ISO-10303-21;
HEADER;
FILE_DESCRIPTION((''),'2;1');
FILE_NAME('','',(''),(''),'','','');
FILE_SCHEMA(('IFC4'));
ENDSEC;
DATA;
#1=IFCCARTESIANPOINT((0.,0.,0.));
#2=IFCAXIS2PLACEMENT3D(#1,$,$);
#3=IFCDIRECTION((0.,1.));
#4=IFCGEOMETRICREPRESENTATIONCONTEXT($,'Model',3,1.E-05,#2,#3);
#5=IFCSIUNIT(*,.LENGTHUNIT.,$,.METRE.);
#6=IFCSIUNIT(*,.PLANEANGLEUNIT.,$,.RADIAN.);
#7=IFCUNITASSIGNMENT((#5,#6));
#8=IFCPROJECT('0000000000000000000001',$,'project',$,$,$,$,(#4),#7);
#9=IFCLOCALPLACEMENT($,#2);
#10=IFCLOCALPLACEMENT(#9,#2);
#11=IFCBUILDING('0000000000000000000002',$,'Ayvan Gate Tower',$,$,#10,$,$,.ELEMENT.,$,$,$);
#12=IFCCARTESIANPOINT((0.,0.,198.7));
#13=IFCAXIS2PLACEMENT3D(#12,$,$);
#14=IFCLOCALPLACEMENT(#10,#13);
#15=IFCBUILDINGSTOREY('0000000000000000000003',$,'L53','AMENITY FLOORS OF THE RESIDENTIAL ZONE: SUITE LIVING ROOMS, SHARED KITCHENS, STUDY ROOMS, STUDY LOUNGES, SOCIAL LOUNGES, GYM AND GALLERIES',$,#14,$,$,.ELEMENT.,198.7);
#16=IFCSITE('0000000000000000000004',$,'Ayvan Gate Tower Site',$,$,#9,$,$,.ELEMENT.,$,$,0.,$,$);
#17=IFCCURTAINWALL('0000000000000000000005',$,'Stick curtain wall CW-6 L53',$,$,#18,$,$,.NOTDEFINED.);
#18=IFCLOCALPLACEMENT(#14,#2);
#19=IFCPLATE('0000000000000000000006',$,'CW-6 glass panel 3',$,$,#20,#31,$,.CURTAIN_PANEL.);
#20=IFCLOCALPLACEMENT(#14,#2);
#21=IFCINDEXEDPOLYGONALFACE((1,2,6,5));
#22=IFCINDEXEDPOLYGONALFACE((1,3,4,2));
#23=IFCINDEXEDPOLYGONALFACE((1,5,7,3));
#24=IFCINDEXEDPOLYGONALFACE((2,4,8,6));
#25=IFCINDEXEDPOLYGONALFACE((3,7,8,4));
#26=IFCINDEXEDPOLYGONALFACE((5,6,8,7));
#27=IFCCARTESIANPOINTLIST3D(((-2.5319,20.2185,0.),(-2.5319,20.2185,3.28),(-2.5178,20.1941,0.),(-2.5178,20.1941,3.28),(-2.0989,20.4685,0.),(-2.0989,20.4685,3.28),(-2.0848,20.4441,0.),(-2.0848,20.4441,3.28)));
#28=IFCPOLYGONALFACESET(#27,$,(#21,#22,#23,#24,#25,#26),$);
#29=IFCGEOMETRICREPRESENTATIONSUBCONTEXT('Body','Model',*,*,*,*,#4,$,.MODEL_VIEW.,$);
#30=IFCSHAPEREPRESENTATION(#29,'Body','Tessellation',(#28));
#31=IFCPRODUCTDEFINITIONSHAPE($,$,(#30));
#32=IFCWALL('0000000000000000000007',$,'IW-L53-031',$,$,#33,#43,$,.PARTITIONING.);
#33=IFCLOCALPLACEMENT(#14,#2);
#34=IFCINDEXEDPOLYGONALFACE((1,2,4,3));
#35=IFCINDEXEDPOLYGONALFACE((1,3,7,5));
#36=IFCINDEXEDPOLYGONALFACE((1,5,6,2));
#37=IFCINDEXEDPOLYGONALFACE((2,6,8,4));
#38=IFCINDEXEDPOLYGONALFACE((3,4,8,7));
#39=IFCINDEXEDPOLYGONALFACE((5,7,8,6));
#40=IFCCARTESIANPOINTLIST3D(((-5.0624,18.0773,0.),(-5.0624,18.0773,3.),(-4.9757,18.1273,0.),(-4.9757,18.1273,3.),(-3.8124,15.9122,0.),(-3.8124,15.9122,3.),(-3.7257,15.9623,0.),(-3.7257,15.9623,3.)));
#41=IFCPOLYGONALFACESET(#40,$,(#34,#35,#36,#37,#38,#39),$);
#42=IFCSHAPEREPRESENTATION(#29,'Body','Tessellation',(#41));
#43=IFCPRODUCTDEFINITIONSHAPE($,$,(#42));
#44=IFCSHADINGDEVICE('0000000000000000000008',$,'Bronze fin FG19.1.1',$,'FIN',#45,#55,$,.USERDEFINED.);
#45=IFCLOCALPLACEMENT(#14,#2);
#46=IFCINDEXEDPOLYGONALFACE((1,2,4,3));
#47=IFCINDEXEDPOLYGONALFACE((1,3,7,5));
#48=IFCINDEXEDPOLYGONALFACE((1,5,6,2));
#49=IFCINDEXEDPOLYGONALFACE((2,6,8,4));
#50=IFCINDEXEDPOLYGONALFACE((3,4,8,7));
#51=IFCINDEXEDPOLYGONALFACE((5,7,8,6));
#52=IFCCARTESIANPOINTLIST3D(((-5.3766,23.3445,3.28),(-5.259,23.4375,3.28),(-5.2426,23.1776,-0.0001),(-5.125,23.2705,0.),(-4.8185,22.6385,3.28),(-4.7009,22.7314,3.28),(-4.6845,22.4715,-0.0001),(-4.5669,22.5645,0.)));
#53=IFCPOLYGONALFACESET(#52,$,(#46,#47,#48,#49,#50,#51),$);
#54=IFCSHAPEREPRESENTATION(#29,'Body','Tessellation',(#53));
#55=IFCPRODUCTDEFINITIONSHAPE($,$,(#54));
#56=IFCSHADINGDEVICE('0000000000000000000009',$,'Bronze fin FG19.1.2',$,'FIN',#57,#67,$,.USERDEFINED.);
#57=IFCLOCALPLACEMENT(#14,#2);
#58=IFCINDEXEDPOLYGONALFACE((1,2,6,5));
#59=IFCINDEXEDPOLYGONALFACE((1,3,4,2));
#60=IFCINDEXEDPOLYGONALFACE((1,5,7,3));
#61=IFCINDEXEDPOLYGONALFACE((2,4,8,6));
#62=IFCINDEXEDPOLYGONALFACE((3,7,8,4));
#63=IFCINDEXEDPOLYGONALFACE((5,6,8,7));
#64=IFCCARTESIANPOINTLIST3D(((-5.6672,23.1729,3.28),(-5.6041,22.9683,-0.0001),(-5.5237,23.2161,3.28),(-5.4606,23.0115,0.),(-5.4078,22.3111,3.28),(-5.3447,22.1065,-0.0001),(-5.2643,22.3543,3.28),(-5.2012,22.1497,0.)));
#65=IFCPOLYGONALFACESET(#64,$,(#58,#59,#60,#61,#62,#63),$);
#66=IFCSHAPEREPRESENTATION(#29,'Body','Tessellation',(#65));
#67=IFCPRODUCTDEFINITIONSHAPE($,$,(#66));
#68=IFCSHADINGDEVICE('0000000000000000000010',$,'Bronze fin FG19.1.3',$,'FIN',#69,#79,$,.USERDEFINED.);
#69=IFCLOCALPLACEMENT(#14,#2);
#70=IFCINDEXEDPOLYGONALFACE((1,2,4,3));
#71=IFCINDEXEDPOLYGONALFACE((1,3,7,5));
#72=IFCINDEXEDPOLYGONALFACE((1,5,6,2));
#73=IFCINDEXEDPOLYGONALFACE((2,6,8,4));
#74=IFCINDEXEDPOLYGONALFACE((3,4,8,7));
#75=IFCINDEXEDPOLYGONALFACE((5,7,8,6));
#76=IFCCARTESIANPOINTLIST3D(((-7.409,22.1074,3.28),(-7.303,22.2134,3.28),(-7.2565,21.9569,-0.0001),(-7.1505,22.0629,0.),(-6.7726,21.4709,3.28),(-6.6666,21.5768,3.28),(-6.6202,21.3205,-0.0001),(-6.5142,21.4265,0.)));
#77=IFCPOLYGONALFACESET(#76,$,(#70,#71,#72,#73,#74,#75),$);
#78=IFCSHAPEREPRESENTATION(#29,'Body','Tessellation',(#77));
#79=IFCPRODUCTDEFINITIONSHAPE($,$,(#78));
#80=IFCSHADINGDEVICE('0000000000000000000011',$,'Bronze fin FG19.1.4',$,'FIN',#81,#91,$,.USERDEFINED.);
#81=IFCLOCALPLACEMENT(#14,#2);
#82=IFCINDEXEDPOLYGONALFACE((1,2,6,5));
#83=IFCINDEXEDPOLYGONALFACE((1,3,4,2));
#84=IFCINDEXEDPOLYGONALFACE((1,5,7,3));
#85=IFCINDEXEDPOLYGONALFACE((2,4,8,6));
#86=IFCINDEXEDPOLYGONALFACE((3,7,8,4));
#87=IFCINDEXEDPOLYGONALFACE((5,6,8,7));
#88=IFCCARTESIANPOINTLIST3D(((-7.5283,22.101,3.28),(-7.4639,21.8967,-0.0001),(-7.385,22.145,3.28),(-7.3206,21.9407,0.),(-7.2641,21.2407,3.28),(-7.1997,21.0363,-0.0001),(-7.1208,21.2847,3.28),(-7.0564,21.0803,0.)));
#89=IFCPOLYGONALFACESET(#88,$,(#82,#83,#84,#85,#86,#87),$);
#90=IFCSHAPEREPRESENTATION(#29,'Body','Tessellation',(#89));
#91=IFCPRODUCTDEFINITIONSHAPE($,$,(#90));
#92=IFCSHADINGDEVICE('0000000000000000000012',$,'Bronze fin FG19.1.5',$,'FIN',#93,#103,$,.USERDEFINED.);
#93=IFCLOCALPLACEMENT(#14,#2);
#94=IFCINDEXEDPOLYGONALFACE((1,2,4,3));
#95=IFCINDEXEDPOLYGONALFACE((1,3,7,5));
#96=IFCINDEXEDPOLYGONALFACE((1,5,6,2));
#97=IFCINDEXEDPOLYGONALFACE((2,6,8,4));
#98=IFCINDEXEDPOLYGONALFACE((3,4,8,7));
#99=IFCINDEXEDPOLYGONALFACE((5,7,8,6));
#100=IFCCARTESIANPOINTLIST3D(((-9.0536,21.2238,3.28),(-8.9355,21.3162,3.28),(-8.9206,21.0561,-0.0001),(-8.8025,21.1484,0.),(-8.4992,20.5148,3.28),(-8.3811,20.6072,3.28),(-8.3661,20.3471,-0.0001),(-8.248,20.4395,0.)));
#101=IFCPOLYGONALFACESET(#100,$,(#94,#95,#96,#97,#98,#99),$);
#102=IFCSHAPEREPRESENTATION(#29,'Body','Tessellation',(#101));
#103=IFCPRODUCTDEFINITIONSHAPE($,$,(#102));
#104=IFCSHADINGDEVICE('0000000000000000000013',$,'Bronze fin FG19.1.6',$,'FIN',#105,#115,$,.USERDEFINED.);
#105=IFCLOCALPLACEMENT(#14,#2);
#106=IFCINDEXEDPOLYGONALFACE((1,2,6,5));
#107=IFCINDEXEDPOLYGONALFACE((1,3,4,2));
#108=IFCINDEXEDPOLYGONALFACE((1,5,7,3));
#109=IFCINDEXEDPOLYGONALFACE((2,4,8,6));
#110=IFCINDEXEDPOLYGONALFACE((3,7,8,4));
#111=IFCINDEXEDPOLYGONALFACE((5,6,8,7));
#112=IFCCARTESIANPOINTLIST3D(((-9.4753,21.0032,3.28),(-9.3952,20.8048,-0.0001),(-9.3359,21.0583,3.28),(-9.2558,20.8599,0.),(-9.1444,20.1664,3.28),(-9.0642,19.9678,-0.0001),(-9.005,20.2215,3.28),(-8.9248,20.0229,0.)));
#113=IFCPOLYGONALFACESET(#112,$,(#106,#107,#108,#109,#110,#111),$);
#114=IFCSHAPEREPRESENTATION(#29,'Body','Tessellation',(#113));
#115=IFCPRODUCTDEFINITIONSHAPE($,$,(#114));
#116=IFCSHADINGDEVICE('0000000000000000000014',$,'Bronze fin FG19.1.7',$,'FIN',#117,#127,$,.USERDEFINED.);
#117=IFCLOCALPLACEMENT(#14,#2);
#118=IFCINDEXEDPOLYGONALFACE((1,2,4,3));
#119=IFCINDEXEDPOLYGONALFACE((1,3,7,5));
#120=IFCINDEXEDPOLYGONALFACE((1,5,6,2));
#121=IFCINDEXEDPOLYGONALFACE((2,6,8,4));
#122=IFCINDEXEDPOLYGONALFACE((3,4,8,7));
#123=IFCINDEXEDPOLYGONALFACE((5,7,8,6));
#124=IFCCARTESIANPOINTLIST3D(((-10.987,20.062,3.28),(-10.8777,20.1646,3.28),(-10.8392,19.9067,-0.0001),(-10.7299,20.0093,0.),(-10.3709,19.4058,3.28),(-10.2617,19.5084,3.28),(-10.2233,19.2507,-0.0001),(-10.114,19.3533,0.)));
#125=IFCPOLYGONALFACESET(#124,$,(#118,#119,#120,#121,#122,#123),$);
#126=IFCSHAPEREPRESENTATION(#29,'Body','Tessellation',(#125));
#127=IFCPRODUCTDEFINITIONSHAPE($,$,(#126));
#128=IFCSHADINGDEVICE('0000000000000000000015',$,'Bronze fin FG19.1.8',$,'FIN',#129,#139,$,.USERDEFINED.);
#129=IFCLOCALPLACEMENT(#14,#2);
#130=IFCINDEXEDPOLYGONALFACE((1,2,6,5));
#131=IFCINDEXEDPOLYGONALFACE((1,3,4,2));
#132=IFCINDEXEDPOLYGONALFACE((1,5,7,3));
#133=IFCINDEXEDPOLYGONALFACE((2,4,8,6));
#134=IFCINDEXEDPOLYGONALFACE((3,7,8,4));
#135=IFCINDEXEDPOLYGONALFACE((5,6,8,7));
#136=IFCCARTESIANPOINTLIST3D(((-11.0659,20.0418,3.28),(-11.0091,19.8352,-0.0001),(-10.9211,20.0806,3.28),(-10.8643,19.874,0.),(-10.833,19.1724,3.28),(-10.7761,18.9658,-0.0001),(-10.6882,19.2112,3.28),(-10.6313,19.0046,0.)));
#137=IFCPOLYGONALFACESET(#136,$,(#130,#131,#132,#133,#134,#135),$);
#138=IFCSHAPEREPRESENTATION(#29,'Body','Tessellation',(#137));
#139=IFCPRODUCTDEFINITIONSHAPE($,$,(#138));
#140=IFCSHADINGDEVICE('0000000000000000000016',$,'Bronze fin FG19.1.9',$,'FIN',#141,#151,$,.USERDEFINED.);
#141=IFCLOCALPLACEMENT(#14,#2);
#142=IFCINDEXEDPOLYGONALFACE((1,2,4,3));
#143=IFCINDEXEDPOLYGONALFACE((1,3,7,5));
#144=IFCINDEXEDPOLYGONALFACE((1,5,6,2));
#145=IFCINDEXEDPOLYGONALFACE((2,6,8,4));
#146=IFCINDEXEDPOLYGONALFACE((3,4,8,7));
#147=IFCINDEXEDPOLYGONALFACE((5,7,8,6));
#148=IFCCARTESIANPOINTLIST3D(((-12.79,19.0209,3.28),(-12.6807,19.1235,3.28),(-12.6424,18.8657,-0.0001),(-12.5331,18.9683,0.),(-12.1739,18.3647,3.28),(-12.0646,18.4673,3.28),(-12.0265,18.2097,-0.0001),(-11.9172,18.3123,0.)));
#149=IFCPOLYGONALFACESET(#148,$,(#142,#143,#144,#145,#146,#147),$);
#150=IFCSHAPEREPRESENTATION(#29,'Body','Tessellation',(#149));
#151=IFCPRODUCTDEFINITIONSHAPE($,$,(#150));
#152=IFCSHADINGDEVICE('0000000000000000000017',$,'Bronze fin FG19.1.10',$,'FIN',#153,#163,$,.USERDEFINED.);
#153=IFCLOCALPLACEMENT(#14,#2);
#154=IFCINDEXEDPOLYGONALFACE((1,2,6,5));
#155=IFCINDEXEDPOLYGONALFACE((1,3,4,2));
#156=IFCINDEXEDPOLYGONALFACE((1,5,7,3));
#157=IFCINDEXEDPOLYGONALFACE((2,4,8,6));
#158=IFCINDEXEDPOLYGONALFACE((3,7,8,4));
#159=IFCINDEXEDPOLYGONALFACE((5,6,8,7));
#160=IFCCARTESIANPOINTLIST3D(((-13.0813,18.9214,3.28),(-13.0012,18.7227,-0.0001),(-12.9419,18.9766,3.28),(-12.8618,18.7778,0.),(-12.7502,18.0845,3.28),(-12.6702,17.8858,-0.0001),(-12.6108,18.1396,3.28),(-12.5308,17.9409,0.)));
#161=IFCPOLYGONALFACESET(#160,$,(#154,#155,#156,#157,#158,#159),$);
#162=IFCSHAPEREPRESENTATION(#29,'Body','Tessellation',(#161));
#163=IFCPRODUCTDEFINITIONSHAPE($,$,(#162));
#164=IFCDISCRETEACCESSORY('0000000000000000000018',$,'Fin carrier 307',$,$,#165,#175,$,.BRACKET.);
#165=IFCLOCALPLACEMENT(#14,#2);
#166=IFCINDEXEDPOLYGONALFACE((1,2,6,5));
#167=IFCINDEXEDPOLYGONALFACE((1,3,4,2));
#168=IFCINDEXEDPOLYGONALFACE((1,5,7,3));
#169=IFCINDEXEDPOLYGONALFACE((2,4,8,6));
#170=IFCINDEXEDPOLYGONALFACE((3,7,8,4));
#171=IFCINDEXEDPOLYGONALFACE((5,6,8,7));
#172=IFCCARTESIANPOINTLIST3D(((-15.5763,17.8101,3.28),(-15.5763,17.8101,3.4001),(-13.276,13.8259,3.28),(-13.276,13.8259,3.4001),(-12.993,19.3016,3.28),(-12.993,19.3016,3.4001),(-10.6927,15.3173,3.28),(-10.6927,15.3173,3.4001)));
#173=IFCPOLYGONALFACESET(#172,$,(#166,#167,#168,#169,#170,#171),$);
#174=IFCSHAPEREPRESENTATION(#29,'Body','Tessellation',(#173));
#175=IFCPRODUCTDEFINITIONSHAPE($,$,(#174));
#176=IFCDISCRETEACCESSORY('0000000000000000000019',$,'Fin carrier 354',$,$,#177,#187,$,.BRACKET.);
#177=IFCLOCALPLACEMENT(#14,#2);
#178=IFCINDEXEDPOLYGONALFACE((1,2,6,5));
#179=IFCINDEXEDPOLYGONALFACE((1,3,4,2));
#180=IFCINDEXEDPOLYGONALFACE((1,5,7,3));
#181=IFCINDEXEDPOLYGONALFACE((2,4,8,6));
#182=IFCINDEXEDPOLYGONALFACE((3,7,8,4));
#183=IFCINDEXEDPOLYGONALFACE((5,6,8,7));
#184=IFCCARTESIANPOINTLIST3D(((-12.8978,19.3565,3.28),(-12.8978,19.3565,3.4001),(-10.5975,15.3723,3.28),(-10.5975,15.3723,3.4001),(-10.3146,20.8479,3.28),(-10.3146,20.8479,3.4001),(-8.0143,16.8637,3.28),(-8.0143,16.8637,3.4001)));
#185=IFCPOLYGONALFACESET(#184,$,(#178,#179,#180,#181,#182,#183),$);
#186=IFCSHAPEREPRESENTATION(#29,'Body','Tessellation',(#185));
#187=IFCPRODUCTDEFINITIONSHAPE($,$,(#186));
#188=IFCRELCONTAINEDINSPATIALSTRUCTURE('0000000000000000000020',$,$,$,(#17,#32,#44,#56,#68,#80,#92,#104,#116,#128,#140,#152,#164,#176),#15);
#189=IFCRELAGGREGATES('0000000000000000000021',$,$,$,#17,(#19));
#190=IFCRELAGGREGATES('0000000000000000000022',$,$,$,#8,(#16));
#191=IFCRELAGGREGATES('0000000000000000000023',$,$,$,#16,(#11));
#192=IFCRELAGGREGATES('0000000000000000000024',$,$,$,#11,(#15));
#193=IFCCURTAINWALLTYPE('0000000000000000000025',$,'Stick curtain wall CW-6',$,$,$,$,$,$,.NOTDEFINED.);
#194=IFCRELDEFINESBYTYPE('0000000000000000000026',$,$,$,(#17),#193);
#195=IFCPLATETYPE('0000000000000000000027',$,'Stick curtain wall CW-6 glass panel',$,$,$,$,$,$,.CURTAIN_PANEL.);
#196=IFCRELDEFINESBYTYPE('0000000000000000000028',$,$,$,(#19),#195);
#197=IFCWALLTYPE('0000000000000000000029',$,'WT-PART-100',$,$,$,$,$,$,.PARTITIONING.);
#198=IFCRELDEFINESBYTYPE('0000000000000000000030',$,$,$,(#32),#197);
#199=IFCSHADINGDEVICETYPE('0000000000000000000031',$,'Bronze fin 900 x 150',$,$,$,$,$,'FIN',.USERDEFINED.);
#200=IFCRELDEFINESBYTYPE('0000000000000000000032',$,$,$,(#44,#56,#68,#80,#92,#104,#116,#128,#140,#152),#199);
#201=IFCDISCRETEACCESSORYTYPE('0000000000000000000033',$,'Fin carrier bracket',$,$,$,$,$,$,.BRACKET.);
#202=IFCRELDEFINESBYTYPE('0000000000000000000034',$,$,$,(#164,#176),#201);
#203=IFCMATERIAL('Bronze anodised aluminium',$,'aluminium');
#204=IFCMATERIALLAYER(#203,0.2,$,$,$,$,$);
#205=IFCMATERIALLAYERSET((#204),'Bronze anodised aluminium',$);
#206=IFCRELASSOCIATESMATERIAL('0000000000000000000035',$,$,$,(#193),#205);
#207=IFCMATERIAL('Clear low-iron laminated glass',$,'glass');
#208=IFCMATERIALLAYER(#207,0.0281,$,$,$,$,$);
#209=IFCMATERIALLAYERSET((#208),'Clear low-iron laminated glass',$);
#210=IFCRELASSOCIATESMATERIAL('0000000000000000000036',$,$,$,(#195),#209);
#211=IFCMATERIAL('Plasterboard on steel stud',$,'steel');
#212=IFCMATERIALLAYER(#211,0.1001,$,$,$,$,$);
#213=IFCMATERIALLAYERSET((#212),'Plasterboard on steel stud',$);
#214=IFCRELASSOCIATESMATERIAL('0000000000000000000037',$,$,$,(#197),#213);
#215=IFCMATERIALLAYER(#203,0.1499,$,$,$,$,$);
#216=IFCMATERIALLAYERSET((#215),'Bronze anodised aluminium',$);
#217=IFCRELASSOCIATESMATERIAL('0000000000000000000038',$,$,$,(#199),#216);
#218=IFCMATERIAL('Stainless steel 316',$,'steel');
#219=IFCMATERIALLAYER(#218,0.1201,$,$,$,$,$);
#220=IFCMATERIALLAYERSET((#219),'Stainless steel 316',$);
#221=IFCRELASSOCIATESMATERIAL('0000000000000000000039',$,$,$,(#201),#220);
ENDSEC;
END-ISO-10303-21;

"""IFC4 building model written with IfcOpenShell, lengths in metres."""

from ifc_helpers import new_model, si_unit, direction, frame, frame_2d, origin, origin_2d, place, context, subcontext, project, spatial, polyline, rectangle, outline, extrude, material, layer, layer_set, type_object, element, aggregate, save


model = new_model("IFC4")

# Units and contexts
model_context = context("Model", 3, precision=1e-05, world=origin(), true_north=direction((0.0, 1.0)))
body_context = subcontext(model_context, "Body", "Model", "MODEL_VIEW")
ifc_project = project(units=[si_unit("LENGTHUNIT", "METRE"), si_unit("PLANEANGLEUNIT", "RADIAN")], contexts=[model_context])

# Site, building, storey
site_placement = place(None, origin())
site = spatial("IfcSite", under=ifc_project, at=site_placement, Name="Ayvan Gate Tower Site", CompositionType="ELEMENT", RefElevation=0.0)
building_placement = place(site_placement, origin())
building = spatial("IfcBuilding", under=site, at=building_placement, Name="Ayvan Gate Tower", CompositionType="ELEMENT")
storey_placement = place(building_placement, frame((0.0, 0.0, 198.7)))
storey = spatial("IfcBuildingStorey", under=building, at=storey_placement, Name="L53", Description="AMENITY FLOORS OF THE RESIDENTIAL ZONE: SUITE LIVING ROOMS, SHARED KITCHENS, STUDY ROOMS, STUDY LOUNGES, SOCIAL LOUNGES, GYM AND GALLERIES", CompositionType="ELEMENT", Elevation=198.7)

# Curtain wall
ifc_material_1 = material(Name="Bronze anodised aluminium", Category="aluminium")
ifc_layer_1 = layer(ifc_material_1, 0.2)
ifc_layer_set_1 = layer_set([ifc_layer_1], Name="Bronze anodised aluminium")
curtain_wall_type_1 = type_object("IfcCurtainWallType", Name="Stick curtain wall CW-6", PredefinedType="NOTDEFINED", material=ifc_layer_set_1)
curtain_wall_1_placement = place(storey_placement, origin())
curtain_wall_1 = element("IfcCurtainWall", 1, at=curtain_wall_1_placement, inside=storey, type_object=curtain_wall_type_1, Name="Stick curtain wall CW-6 L53", PredefinedType="NOTDEFINED")

# Plate
ifc_material_2 = material(Name="Clear low-iron laminated glass", Category="glass")
ifc_layer_2 = layer(ifc_material_2, 0.0281)
ifc_layer_set_2 = layer_set([ifc_layer_2], Name="Clear low-iron laminated glass")
plate_type_1 = type_object("IfcPlateType", Name="Stick curtain wall CW-6 glass panel", PredefinedType="CURTAIN_PANEL", material=ifc_layer_set_2)
plate_1_placement = place(storey_placement, frame((-2.3083, 20.3313, 0.0), z_axis=(0.0, 0.0, 1.0), x_axis=(-0.866025, -0.5, 0.0)))
plate_1 = element("IfcPlate", 2, at=plate_1_placement, type_object=plate_type_1, Name="CW-6 glass panel 3", PredefinedType="CURTAIN_PANEL", context=body_context, shape_type="SweptSolid", body=[
    extrude(rectangle(XDim=0.5, YDim=0.0281, at=origin_2d()), origin(), (0.0, 0.0, 1.0), 3.28),
])
aggregate(curtain_wall_1, [plate_1])

# Wall
ifc_material_3 = material(Name="Plasterboard on steel stud", Category="steel")
ifc_layer_3 = layer(ifc_material_3, 0.1001)
ifc_layer_set_3 = layer_set([ifc_layer_3], Name="Plasterboard on steel stud")
wall_type = type_object("IfcWallType", Name="WT-PART-100", PredefinedType="PARTITIONING", material=ifc_layer_set_3)
wall_placement = place(storey_placement, frame((-3.769, 15.9373, 0.0), z_axis=(0.0, 0.0, 1.0), x_axis=(-0.500004, 0.866023, 0.0)))
element("IfcWall", 3, at=wall_placement, inside=storey, type_object=wall_type, Name="IW-L53-031", PredefinedType="PARTITIONING", context=body_context, shape_type="SweptSolid", body=[
    extrude(rectangle(XDim=2.5, YDim=0.1001, at=frame_2d((1.25, 0.0))), origin(), (0.0, 0.0, 1.0), 3.0),
])

# Shading devices
ifc_layer_4 = layer(ifc_material_1, 0.1499)
ifc_layer_set_4 = layer_set([ifc_layer_4], Name="Bronze anodised aluminium")
shading_device_type = type_object("IfcShadingDeviceType", Name="Bronze fin 900 x 150", ElementType="FIN", PredefinedType="USERDEFINED", material=ifc_layer_set_4)
shading_device_1_placement = place(storey_placement, frame((-4.5669, 22.5645, 0.0), z_axis=(0.784508, 0.620119, 0.000486), x_axis=(-0.620119, 0.784508, 0.0)))
element("IfcShadingDevice", 4, at=shading_device_1_placement, inside=storey, type_object=shading_device_type, Name="Bronze fin FG19.1.1", ObjectType="FIN", PredefinedType="USERDEFINED", context=body_context, shape_type="SweptSolid", body=[
    extrude(outline(polyline([(0.0, 0.0), (0.9, 0.0), (1.1141, 3.28), (0.2141, 3.28), (0.0, 0.0)])), origin(), (0.0, 0.0, -1.0), 0.1499),
])
shading_device_2_placement = place(storey_placement, frame((-5.2012, 22.1497, 0.0), z_axis=(0.957564, 0.288219, 0.000447), x_axis=(-0.288219, 0.957565, 0.0)))
element("IfcShadingDevice", 5, at=shading_device_2_placement, inside=storey, type_object=shading_device_type, Name="Bronze fin FG19.1.2", ObjectType="FIN", PredefinedType="USERDEFINED", context=body_context, shape_type="SweptSolid", body=[
    extrude(outline(polyline([(0.0, 0.0), (0.9, 0.0), (1.1141, 3.28), (0.2141, 3.28), (0.0, 0.0)])), origin(), (0.0, 0.0, -1.0), 0.1499),
])
shading_device_3_placement = place(storey_placement, frame((-6.5142, 21.4265, 0.0), z_axis=(0.707175, 0.707039, 0.000454), x_axis=(-0.707039, 0.707175, 0.0)))
element("IfcShadingDevice", 6, at=shading_device_3_placement, inside=storey, type_object=shading_device_type, Name="Bronze fin FG19.1.3", ObjectType="FIN", PredefinedType="USERDEFINED", context=body_context, shape_type="SweptSolid", body=[
    extrude(outline(polyline([(0.0, 0.0), (0.8999, 0.0), (1.1142, 3.28), (0.2141, 3.28), (0.0, 0.0)])), origin(), (0.0, 0.0, -1.0), 0.1499),
])
shading_device_4_placement = place(storey_placement, frame((-7.0564, 21.0803, 0.0), z_axis=(0.955955, 0.293514, 0.000499), x_axis=(-0.293514, 0.955955, 0.0)))
element("IfcShadingDevice", 7, at=shading_device_4_placement, inside=storey, type_object=shading_device_type, Name="Bronze fin FG19.1.4", ObjectType="FIN", PredefinedType="USERDEFINED", context=body_context, shape_type="SweptSolid", body=[
    extrude(outline(polyline([(0.0, 0.0), (0.9, 0.0), (1.1143, 3.28), (0.2143, 3.28), (0.0, 0.0)])), origin(), (0.0, 0.0, -1.0), 0.1499),
])
shading_device_5_placement = place(storey_placement, frame((-8.248, 20.4395, 0.0), z_axis=(0.787728, 0.616023, 0.000454), x_axis=(-0.616023, 0.787728, 0.0)))
element("IfcShadingDevice", 8, at=shading_device_5_placement, inside=storey, type_object=shading_device_type, Name="Bronze fin FG19.1.5", ObjectType="FIN", PredefinedType="USERDEFINED", context=body_context, shape_type="SweptSolid", body=[
    extrude(outline(polyline([(0.0, 0.0), (0.9, 0.0), (1.1141, 3.28), (0.2141, 3.28), (0.0, 0.0)])), origin(), (0.0, 0.0, -1.0), 0.1499),
])
shading_device_6_placement = place(storey_placement, frame((-8.9248, 20.0229, 0.0), z_axis=(0.929938, 0.367716, 0.000486), x_axis=(-0.367716, 0.929938, 0.0)))
element("IfcShadingDevice", 9, at=shading_device_6_placement, inside=storey, type_object=shading_device_type, Name="Bronze fin FG19.1.6", ObjectType="FIN", PredefinedType="USERDEFINED", context=body_context, shape_type="SweptSolid", body=[
    extrude(outline(polyline([(0.0, 0.0), (0.9, 0.0), (1.114, 3.28), (0.2141, 3.28), (0.0, 0.0)])), origin(), (0.0, 0.0, -1.0), 0.1499),
])
shading_device_7_placement = place(storey_placement, frame((-10.114, 19.3533, 0.0), z_axis=(0.729067, 0.684442, 0.000456), x_axis=(-0.684442, 0.729068, 0.0)))
element("IfcShadingDevice", 10, at=shading_device_7_placement, inside=storey, type_object=shading_device_type, Name="Bronze fin FG19.1.7", ObjectType="FIN", PredefinedType="USERDEFINED", context=body_context, shape_type="SweptSolid", body=[
    extrude(outline(polyline([(0.0, 0.0), (0.8999, 0.0), (1.1142, 3.28), (0.2141, 3.28), (0.0, 0.0)])), origin(), (0.0, 0.0, -1.0), 0.1499),
])
shading_device_8_placement = place(storey_placement, frame((-10.6313, 19.0046, 0.0), z_axis=(0.965937, 0.258777, 0.000457), x_axis=(-0.258777, 0.965937, 0.0)))
element("IfcShadingDevice", 11, at=shading_device_8_placement, inside=storey, type_object=shading_device_type, Name="Bronze fin FG19.1.8", ObjectType="FIN", PredefinedType="USERDEFINED", context=body_context, shape_type="SweptSolid", body=[
    extrude(outline(polyline([(0.0, 0.0), (0.9, 0.0), (1.1143, 3.28), (0.2142, 3.28), (0.0, 0.0)])), origin(), (0.0, 0.0, -1.0), 0.1499),
])
shading_device_9_placement = place(storey_placement, frame((-11.9172, 18.3123, 0.0), z_axis=(0.729067, 0.684442, 0.000401), x_axis=(-0.684442, 0.729068, 0.0)))
element("IfcShadingDevice", 12, at=shading_device_9_placement, inside=storey, type_object=shading_device_type, Name="Bronze fin FG19.1.9", ObjectType="FIN", PredefinedType="USERDEFINED", context=body_context, shape_type="SweptSolid", body=[
    extrude(outline(polyline([(0.0, 0.0), (0.8999, 0.0), (1.114, 3.28), (0.214, 3.28), (0.0, 0.0)])), origin(), (0.0, 0.0, -1.0), 0.1499),
])
shading_device_10_placement = place(storey_placement, frame((-12.5308, 17.9409, 0.0), z_axis=(0.929892, 0.367833, 0.000416), x_axis=(-0.367833, 0.929892, 0.0)))
element("IfcShadingDevice", 13, at=shading_device_10_placement, inside=storey, type_object=shading_device_type, Name="Bronze fin FG19.1.10", ObjectType="FIN", PredefinedType="USERDEFINED", context=body_context, shape_type="SweptSolid", body=[
    extrude(outline(polyline([(0.0, 0.0), (0.9, 0.0), (1.1143, 3.28), (0.2143, 3.28), (0.0, 0.0)])), origin(), (0.0, 0.0, -1.0), 0.1499),
])

# Discrete accessories
ifc_material_4 = material(Name="Stainless steel 316", Category="steel")
ifc_layer_5 = layer(ifc_material_4, 0.1201)
ifc_layer_set_5 = layer_set([ifc_layer_5], Name="Stainless steel 316")
discrete_accessory_type = type_object("IfcDiscreteAccessoryType", Name="Fin carrier bracket", PredefinedType="BRACKET", material=ifc_layer_set_5)
for number, where, z_axis, x_axis, name in (
    (14, (-13.1345, 16.5637, 3.28), (0.0, 0.0, 1.0), (-0.866025, -0.5, 0.0), "Fin carrier 307"),
    (15, (-10.4561, 18.1101, 3.28), (0.0, 0.0, 1.0), (-0.866025, -0.5, 0.0), "Fin carrier 354"),
):
    element("IfcDiscreteAccessory", number, at=place(storey_placement, frame(where, z_axis=z_axis, x_axis=x_axis)), inside=storey, type_object=discrete_accessory_type, Name=name, PredefinedType="BRACKET", context=body_context, shape_type="SweptSolid", body=[
        extrude(rectangle(XDim=2.9829, YDim=4.6006, at=origin_2d()), origin(), (0.0, 0.0, 1.0), 0.1201),
    ])

save(model, "model.ifc")
